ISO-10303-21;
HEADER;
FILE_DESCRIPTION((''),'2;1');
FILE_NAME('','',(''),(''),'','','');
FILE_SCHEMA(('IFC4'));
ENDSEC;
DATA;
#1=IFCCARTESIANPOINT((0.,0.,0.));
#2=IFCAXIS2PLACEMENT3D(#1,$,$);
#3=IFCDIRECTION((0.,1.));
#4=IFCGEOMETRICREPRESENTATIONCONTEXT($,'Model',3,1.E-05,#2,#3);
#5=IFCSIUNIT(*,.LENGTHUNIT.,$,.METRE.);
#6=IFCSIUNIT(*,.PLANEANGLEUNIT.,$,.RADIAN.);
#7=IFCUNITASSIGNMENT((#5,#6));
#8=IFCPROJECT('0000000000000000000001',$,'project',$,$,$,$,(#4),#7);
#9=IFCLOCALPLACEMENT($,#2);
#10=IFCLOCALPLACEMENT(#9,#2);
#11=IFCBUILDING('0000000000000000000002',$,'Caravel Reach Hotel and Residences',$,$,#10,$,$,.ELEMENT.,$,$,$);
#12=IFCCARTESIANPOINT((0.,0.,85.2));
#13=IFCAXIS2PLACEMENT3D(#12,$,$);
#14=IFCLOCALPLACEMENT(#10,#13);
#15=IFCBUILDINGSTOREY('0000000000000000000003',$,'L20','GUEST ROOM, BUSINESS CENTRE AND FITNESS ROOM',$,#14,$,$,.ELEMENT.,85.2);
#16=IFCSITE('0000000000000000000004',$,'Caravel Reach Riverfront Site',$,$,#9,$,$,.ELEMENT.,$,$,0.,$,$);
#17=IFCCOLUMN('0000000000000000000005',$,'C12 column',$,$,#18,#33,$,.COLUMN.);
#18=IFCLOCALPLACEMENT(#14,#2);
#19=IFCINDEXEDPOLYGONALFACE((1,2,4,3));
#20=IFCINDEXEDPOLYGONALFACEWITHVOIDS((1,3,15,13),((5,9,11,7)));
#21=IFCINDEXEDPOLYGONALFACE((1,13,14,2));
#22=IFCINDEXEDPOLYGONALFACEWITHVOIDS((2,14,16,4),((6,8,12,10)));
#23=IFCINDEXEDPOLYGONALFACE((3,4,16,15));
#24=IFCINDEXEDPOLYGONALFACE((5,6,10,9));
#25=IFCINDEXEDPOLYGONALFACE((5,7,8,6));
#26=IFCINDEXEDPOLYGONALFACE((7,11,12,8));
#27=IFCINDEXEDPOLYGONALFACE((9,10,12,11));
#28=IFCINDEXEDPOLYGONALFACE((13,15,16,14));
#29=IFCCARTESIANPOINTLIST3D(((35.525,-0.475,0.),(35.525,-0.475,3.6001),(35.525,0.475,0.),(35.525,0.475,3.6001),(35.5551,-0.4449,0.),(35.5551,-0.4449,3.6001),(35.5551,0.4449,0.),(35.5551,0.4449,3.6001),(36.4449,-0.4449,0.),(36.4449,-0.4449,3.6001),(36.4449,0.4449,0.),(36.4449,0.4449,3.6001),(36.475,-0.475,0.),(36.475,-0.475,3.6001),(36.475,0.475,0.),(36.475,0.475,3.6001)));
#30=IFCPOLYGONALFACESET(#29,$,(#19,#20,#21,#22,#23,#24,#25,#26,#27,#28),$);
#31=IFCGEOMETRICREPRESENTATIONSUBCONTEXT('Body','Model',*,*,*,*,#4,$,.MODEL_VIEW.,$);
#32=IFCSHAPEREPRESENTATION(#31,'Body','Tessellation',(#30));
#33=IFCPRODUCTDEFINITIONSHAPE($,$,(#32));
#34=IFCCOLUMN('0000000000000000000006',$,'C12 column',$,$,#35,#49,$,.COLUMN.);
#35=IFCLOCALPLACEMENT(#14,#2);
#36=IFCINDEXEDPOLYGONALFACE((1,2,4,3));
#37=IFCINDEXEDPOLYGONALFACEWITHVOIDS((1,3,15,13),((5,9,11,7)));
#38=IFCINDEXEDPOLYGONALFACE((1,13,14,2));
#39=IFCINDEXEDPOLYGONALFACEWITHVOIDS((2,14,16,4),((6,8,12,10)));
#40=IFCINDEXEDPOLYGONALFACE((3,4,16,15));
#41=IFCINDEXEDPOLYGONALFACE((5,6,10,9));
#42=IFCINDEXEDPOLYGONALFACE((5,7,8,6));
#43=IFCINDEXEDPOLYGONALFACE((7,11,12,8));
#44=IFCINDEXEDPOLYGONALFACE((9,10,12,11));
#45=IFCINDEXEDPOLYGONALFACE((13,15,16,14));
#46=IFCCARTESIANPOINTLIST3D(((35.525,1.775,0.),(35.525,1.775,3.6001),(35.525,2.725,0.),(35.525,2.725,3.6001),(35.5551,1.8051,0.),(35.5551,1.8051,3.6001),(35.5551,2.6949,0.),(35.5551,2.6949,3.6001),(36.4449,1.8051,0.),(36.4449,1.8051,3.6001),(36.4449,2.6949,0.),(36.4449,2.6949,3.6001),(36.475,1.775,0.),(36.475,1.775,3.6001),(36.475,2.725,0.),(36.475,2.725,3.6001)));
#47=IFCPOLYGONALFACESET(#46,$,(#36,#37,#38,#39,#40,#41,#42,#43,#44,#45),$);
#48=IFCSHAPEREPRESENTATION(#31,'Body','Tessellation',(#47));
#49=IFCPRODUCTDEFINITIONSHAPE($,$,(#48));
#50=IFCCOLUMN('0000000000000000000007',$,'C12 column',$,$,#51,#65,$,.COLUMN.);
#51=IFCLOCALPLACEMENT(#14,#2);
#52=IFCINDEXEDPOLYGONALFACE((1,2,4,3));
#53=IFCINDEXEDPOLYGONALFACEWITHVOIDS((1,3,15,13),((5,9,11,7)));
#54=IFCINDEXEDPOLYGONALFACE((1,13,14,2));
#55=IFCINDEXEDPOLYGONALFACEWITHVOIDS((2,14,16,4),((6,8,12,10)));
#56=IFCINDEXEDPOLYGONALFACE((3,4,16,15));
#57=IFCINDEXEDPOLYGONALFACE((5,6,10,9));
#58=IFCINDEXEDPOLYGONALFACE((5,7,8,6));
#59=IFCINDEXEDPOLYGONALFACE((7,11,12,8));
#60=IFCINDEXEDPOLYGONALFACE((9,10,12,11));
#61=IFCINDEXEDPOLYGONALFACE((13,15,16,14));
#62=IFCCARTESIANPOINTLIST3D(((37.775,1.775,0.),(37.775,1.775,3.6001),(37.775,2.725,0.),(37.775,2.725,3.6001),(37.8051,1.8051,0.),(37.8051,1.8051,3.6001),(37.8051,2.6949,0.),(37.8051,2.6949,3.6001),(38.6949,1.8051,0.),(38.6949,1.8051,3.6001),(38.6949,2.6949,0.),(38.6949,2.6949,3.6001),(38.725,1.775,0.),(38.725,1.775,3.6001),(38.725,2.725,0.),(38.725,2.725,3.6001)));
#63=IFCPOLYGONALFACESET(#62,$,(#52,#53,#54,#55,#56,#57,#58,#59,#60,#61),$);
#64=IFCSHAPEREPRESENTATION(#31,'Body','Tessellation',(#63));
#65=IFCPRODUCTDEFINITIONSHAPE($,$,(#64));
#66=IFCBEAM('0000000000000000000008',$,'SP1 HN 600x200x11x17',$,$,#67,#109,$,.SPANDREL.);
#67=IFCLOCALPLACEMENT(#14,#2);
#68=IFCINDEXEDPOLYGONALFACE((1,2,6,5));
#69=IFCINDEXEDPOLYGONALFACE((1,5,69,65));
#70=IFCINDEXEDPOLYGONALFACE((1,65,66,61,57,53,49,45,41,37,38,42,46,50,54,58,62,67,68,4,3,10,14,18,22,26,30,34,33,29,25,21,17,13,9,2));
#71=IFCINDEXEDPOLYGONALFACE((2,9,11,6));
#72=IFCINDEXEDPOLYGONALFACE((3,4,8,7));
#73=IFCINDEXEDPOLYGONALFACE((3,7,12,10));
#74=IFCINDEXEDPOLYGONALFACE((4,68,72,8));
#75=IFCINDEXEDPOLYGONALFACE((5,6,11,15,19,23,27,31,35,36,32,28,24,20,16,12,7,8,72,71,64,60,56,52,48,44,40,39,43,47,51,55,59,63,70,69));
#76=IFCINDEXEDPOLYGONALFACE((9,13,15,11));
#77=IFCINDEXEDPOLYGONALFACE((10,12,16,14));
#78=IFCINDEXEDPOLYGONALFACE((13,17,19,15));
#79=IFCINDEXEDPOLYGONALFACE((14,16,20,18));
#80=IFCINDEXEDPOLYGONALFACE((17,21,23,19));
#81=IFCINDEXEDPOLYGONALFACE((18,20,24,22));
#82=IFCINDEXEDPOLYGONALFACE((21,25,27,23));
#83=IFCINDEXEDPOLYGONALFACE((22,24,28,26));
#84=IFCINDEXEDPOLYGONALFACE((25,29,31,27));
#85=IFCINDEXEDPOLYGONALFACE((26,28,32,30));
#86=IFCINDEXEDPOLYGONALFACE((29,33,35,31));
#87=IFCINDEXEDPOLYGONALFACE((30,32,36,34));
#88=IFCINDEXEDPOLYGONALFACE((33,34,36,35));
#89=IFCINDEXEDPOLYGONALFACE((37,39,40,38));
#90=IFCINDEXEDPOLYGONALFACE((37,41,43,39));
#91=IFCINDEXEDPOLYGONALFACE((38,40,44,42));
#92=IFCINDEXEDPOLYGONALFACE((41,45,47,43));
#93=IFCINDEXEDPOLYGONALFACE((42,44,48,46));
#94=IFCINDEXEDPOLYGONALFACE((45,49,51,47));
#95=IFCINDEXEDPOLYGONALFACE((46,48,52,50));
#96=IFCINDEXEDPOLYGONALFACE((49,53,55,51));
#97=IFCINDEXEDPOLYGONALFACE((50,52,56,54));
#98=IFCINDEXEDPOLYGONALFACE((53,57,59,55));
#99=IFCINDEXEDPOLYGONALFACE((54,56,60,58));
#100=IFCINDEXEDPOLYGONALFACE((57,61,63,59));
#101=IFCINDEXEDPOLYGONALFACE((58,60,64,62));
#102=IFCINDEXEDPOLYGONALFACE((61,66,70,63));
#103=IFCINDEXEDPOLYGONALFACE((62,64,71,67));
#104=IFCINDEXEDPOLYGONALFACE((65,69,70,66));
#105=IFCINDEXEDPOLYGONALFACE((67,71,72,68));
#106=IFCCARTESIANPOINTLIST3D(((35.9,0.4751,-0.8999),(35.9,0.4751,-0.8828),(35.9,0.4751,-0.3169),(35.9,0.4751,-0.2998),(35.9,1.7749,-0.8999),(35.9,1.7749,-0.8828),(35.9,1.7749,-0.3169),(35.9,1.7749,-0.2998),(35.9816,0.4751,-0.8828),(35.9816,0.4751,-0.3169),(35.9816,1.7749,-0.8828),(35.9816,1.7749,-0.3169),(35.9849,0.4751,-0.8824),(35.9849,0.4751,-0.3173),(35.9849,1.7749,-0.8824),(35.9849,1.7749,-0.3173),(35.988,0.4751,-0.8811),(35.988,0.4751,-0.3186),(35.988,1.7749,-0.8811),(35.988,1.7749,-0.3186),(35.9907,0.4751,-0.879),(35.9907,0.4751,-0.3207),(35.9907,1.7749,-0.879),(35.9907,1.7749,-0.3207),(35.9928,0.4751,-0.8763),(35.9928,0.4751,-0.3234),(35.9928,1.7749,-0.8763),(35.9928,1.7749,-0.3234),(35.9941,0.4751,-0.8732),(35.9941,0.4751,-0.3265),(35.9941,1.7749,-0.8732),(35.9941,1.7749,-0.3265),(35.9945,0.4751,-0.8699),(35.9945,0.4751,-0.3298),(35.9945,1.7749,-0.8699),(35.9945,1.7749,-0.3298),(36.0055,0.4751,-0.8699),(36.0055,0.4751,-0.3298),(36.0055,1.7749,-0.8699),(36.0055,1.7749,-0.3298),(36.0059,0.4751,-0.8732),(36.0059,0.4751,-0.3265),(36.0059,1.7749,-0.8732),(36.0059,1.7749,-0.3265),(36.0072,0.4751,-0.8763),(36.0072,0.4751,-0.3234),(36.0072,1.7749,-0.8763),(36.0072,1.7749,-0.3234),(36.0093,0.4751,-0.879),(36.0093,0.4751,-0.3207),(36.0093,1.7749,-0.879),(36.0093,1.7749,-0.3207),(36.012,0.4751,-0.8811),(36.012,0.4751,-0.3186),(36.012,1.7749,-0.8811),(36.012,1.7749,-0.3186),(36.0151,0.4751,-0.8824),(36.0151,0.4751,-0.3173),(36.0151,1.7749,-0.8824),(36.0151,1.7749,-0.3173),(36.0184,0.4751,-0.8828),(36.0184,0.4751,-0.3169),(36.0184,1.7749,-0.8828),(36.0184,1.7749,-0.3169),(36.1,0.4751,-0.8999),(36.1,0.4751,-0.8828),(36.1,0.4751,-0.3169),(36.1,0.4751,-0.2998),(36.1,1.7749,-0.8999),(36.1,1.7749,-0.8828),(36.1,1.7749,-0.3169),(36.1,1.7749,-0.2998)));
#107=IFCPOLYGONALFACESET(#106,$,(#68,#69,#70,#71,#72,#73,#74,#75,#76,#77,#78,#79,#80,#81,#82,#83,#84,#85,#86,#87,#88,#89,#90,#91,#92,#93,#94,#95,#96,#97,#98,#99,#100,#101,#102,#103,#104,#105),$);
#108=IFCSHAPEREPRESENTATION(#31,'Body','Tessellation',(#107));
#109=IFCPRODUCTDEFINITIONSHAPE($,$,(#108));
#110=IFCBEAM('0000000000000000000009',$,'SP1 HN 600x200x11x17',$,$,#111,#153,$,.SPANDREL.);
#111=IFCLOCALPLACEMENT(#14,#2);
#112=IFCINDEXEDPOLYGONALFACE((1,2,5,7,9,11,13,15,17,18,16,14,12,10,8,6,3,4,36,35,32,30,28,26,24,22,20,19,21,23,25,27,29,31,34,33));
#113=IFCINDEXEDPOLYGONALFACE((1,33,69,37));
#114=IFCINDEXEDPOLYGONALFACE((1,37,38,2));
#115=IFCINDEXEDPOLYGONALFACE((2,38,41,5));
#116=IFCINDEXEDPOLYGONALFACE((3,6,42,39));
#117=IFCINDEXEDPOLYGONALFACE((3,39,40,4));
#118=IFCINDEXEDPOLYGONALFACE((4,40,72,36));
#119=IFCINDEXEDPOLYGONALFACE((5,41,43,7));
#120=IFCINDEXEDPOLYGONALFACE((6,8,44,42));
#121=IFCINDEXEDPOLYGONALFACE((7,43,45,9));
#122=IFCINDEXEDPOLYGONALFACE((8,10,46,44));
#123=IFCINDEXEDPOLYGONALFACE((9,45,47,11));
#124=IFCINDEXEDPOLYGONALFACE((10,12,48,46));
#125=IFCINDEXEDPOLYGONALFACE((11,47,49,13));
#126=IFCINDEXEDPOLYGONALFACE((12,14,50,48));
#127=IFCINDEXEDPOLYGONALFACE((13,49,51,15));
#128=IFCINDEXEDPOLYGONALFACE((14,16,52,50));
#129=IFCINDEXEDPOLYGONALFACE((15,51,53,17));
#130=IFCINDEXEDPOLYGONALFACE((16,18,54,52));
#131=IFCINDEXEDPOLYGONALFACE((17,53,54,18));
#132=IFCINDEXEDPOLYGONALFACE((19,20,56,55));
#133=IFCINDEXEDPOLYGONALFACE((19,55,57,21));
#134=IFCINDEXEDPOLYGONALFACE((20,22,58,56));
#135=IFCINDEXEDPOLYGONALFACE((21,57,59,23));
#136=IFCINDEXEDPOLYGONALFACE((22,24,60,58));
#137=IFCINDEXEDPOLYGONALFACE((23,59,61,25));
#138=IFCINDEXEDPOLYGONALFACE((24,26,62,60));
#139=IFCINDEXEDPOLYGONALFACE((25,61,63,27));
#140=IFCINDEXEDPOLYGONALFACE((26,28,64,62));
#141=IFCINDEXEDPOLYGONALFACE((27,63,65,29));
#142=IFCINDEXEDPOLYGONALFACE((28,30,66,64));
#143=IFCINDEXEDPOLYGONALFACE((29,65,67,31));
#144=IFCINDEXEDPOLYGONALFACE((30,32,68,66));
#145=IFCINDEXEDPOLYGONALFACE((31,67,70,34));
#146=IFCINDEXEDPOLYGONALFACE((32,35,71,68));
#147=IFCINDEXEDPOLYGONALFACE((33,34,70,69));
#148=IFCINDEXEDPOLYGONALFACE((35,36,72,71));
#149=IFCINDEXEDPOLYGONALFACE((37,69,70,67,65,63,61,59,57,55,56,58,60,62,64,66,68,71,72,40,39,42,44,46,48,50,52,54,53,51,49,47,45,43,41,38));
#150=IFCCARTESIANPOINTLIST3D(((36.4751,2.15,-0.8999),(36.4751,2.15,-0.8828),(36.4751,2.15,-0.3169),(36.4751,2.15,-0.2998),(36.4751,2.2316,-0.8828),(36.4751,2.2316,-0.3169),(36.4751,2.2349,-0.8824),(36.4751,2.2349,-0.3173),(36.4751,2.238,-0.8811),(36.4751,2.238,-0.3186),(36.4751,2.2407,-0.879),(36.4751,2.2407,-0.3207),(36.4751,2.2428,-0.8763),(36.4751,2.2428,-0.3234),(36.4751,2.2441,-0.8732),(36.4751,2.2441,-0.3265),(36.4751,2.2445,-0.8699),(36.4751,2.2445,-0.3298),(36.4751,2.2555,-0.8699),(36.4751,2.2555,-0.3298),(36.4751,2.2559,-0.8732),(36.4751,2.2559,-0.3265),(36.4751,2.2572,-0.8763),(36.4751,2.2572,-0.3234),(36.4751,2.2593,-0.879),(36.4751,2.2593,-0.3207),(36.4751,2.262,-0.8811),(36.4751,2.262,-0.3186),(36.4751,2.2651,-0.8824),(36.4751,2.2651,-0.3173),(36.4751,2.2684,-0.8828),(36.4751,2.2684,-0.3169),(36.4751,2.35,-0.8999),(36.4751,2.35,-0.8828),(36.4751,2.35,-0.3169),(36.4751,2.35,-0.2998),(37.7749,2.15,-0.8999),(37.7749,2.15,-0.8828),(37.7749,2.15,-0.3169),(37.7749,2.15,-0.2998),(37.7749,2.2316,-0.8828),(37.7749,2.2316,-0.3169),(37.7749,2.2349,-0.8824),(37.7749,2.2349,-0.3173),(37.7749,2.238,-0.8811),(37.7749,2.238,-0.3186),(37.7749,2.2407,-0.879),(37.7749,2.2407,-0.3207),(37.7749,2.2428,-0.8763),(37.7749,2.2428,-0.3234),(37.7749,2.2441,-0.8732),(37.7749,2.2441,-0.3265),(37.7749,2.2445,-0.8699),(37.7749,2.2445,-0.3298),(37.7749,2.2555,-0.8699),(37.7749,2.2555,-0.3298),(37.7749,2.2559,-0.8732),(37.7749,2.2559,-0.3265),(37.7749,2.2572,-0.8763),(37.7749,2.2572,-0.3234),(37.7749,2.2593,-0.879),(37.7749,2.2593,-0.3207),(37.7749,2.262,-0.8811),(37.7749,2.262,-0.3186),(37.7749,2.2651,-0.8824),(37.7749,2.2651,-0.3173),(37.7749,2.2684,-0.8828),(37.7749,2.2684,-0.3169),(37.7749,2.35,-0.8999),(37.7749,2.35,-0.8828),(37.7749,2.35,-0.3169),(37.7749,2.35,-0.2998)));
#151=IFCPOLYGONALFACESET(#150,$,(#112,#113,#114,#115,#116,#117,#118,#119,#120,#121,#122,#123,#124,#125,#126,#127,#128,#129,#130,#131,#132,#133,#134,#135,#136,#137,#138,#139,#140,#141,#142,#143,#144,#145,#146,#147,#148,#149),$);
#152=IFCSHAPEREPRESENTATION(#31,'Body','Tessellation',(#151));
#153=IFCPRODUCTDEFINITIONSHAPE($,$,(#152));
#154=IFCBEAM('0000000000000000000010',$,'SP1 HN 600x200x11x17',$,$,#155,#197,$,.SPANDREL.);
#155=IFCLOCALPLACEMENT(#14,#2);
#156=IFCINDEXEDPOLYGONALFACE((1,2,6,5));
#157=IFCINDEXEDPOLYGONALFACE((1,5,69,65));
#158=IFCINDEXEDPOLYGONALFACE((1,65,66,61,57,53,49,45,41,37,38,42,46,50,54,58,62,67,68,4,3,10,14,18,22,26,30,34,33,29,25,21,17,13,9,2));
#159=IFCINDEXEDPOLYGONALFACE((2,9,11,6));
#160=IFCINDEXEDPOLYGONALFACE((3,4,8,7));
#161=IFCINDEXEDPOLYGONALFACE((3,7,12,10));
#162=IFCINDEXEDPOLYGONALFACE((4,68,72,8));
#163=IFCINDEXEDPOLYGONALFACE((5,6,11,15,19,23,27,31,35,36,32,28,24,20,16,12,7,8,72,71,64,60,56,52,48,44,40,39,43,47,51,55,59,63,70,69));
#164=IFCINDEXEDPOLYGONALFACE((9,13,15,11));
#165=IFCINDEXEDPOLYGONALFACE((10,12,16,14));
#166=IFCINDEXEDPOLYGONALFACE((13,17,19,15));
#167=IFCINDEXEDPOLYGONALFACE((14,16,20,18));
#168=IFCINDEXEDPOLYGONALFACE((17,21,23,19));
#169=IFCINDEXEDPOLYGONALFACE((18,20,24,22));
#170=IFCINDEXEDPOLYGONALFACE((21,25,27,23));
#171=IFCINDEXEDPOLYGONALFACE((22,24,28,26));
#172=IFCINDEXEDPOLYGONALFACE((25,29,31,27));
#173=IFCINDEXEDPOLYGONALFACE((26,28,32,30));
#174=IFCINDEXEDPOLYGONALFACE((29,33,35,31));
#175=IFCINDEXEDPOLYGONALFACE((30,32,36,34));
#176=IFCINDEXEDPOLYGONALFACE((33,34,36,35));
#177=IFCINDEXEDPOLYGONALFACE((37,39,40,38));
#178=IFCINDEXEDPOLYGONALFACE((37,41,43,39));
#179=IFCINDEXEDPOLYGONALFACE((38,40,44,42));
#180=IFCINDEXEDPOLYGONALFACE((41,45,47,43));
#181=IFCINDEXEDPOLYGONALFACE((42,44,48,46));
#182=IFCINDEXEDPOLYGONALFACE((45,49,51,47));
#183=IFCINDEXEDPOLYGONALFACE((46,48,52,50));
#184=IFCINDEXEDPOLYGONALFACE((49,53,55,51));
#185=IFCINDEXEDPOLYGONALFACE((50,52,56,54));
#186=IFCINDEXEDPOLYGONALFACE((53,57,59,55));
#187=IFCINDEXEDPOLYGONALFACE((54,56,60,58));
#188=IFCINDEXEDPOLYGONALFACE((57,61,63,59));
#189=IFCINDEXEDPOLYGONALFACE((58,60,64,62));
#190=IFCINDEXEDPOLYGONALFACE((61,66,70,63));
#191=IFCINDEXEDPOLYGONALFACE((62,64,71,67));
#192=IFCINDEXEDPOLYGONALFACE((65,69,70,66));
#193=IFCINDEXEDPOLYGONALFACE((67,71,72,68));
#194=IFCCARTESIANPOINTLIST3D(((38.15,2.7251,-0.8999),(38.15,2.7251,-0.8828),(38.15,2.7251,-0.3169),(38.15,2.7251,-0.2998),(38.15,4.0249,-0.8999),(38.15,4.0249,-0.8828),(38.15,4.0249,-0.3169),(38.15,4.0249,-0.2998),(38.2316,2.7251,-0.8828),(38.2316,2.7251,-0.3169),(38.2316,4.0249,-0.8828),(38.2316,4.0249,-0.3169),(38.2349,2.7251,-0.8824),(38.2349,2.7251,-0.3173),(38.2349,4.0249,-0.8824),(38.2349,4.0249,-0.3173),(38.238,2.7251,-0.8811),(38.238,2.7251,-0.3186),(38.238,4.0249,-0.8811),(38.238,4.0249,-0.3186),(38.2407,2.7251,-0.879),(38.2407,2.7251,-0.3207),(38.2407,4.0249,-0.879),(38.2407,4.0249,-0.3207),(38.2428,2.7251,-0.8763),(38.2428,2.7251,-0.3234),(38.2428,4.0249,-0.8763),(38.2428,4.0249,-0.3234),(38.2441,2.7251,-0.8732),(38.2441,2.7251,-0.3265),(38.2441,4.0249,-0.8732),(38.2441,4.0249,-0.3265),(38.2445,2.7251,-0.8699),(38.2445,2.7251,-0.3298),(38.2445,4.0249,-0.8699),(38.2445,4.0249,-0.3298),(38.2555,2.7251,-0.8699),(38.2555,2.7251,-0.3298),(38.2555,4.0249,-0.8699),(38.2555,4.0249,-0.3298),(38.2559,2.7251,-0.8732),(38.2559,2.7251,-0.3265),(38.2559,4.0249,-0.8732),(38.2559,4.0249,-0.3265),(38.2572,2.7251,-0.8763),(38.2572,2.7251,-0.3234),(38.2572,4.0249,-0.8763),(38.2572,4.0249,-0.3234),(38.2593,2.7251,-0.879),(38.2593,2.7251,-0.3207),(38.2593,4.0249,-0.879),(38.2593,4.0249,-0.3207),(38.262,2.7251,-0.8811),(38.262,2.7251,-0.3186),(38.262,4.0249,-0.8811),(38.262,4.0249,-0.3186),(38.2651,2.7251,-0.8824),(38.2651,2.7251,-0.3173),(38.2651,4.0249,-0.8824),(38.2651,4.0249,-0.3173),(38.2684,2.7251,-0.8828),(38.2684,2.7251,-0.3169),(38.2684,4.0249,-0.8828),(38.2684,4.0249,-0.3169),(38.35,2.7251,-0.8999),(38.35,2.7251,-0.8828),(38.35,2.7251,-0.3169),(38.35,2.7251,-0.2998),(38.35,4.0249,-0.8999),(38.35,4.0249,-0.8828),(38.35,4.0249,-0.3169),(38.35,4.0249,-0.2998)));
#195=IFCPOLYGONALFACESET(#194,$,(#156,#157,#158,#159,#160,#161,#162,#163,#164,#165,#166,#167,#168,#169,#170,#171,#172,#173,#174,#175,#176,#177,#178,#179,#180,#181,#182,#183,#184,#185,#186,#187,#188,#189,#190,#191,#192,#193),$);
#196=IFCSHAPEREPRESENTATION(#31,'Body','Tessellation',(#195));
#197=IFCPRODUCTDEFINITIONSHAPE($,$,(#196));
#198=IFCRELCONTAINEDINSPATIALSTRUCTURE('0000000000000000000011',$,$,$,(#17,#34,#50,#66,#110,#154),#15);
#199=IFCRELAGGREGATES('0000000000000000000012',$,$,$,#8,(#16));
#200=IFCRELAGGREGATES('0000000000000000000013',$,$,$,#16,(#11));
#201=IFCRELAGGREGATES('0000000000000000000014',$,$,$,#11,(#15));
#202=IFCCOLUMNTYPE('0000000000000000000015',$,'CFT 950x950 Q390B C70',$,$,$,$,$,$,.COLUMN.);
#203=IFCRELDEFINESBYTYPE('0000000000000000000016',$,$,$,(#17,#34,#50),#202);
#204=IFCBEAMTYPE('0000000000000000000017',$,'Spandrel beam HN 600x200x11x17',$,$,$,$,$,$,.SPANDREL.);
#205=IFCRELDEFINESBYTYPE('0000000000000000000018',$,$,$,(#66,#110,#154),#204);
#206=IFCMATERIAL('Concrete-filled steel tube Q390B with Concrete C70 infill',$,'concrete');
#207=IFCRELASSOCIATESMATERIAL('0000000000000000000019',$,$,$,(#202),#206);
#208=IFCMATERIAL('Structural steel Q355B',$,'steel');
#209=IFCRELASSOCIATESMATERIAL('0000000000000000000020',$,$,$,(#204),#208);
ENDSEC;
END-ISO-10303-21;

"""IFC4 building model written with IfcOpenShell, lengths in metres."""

from ifc_helpers import new_model, si_unit, direction, frame, origin, origin_2d, place, context, subcontext, project, spatial, hollow_rectangle, i_section, extrude, material, material_profile, profile_set, type_object, element, save


model = new_model("IFC4")

# Units and contexts
model_context = context("Model", 3, precision=1e-05, world=origin(), true_north=direction((0.0, 1.0)))
body_context = subcontext(model_context, "Body", "Model", "MODEL_VIEW")
ifc_project = project(units=[si_unit("LENGTHUNIT", "METRE"), si_unit("PLANEANGLEUNIT", "RADIAN")], contexts=[model_context])

# Site, building, storey
site_placement = place(None, origin())
site = spatial("IfcSite", under=ifc_project, at=site_placement, Name="Caravel Reach Riverfront Site", CompositionType="ELEMENT", RefElevation=0.0)
building_placement = place(site_placement, origin())
building = spatial("IfcBuilding", under=site, at=building_placement, Name="Caravel Reach Hotel and Residences", CompositionType="ELEMENT")
storey_placement = place(building_placement, frame((0.0, 0.0, 85.2)))
storey = spatial("IfcBuildingStorey", under=building, at=storey_placement, Name="L20", Description="GUEST ROOM, BUSINESS CENTRE AND FITNESS ROOM", CompositionType="ELEMENT", Elevation=85.2)

# Columns
ifc_material_1 = material(Name="Concrete-filled steel tube Q390B with Concrete C70 infill", Category="concrete")
ifc_material_profile_1 = material_profile(ifc_material_1, hollow_rectangle(XDim=0.95, YDim=0.95, WallThickness=0.03, at=origin_2d()), Name="RHS 950x950x30")
ifc_profile_set_1 = profile_set([ifc_material_profile_1], Name="Concrete-filled steel tube Q390B with Concrete C70 infill")
column_type = type_object("IfcColumnType", Name="CFT 950x950 Q390B C70", PredefinedType="COLUMN", material=ifc_profile_set_1)
for number, where, z_axis, x_axis, name in (
    (1, (36.0, 0.0, 0.0), (0.0, 0.0, 1.0), (1.0, 0.0, 0.0), "C12 column"),
    (2, (36.0, 2.25, 0.0), (0.0, 0.0, 1.0), (1.0, 0.0, 0.0), "C12 column"),
    (3, (38.25, 2.25, 0.0), (0.0, 0.0, 1.0), (1.0, 0.0, 0.0), "C12 column"),
):
    element("IfcColumn", number, at=place(storey_placement, frame(where, z_axis=z_axis, x_axis=x_axis)), inside=storey, type_object=column_type, Name=name, PredefinedType="COLUMN", context=body_context, shape_type="SweptSolid", body=[
        extrude(hollow_rectangle(XDim=0.95, YDim=0.95, WallThickness=0.03, at=origin_2d()), origin(), (0.0, 0.0, 1.0), 3.6001),
    ])

# Beams
ifc_material_2 = material(Name="Structural steel Q355B", Category="steel")
ifc_material_profile_2 = material_profile(ifc_material_2, i_section(OverallWidth=0.2, OverallDepth=0.6001, WebThickness=0.011, FlangeThickness=0.0171, FilletRadius=0.0129, at=origin_2d()), Name="HN 600x200x11x17")
ifc_profile_set_2 = profile_set([ifc_material_profile_2], Name="Structural steel Q355B")
beam_type = type_object("IfcBeamType", Name="Spandrel beam HN 600x200x11x17", PredefinedType="SPANDREL", material=ifc_profile_set_2)
for number, where, z_axis, x_axis, name in (
    (4, (36.0, 0.4751, -0.5999), (0.0, 1.0, 0.0), (-1.0, 0.0, 0.0), "SP1 HN 600x200x11x17"),
    (5, (36.4751, 2.25, -0.5999), (1.0, 0.0, 0.0), (0.0, 1.0, 0.0), "SP1 HN 600x200x11x17"),
    (6, (38.25, 2.7251, -0.5999), (0.0, 1.0, 0.0), (-1.0, 0.0, 0.0), "SP1 HN 600x200x11x17"),
):
    element("IfcBeam", number, at=place(storey_placement, frame(where, z_axis=z_axis, x_axis=x_axis)), inside=storey, type_object=beam_type, Name=name, PredefinedType="SPANDREL", context=body_context, shape_type="SweptSolid", body=[
        extrude(i_section(OverallWidth=0.2, OverallDepth=0.6001, WebThickness=0.011, FlangeThickness=0.0171, FilletRadius=0.0129, at=origin_2d()), origin(), (0.0, 0.0, 1.0), 1.2998),
    ])

save(model, "model.ifc")
